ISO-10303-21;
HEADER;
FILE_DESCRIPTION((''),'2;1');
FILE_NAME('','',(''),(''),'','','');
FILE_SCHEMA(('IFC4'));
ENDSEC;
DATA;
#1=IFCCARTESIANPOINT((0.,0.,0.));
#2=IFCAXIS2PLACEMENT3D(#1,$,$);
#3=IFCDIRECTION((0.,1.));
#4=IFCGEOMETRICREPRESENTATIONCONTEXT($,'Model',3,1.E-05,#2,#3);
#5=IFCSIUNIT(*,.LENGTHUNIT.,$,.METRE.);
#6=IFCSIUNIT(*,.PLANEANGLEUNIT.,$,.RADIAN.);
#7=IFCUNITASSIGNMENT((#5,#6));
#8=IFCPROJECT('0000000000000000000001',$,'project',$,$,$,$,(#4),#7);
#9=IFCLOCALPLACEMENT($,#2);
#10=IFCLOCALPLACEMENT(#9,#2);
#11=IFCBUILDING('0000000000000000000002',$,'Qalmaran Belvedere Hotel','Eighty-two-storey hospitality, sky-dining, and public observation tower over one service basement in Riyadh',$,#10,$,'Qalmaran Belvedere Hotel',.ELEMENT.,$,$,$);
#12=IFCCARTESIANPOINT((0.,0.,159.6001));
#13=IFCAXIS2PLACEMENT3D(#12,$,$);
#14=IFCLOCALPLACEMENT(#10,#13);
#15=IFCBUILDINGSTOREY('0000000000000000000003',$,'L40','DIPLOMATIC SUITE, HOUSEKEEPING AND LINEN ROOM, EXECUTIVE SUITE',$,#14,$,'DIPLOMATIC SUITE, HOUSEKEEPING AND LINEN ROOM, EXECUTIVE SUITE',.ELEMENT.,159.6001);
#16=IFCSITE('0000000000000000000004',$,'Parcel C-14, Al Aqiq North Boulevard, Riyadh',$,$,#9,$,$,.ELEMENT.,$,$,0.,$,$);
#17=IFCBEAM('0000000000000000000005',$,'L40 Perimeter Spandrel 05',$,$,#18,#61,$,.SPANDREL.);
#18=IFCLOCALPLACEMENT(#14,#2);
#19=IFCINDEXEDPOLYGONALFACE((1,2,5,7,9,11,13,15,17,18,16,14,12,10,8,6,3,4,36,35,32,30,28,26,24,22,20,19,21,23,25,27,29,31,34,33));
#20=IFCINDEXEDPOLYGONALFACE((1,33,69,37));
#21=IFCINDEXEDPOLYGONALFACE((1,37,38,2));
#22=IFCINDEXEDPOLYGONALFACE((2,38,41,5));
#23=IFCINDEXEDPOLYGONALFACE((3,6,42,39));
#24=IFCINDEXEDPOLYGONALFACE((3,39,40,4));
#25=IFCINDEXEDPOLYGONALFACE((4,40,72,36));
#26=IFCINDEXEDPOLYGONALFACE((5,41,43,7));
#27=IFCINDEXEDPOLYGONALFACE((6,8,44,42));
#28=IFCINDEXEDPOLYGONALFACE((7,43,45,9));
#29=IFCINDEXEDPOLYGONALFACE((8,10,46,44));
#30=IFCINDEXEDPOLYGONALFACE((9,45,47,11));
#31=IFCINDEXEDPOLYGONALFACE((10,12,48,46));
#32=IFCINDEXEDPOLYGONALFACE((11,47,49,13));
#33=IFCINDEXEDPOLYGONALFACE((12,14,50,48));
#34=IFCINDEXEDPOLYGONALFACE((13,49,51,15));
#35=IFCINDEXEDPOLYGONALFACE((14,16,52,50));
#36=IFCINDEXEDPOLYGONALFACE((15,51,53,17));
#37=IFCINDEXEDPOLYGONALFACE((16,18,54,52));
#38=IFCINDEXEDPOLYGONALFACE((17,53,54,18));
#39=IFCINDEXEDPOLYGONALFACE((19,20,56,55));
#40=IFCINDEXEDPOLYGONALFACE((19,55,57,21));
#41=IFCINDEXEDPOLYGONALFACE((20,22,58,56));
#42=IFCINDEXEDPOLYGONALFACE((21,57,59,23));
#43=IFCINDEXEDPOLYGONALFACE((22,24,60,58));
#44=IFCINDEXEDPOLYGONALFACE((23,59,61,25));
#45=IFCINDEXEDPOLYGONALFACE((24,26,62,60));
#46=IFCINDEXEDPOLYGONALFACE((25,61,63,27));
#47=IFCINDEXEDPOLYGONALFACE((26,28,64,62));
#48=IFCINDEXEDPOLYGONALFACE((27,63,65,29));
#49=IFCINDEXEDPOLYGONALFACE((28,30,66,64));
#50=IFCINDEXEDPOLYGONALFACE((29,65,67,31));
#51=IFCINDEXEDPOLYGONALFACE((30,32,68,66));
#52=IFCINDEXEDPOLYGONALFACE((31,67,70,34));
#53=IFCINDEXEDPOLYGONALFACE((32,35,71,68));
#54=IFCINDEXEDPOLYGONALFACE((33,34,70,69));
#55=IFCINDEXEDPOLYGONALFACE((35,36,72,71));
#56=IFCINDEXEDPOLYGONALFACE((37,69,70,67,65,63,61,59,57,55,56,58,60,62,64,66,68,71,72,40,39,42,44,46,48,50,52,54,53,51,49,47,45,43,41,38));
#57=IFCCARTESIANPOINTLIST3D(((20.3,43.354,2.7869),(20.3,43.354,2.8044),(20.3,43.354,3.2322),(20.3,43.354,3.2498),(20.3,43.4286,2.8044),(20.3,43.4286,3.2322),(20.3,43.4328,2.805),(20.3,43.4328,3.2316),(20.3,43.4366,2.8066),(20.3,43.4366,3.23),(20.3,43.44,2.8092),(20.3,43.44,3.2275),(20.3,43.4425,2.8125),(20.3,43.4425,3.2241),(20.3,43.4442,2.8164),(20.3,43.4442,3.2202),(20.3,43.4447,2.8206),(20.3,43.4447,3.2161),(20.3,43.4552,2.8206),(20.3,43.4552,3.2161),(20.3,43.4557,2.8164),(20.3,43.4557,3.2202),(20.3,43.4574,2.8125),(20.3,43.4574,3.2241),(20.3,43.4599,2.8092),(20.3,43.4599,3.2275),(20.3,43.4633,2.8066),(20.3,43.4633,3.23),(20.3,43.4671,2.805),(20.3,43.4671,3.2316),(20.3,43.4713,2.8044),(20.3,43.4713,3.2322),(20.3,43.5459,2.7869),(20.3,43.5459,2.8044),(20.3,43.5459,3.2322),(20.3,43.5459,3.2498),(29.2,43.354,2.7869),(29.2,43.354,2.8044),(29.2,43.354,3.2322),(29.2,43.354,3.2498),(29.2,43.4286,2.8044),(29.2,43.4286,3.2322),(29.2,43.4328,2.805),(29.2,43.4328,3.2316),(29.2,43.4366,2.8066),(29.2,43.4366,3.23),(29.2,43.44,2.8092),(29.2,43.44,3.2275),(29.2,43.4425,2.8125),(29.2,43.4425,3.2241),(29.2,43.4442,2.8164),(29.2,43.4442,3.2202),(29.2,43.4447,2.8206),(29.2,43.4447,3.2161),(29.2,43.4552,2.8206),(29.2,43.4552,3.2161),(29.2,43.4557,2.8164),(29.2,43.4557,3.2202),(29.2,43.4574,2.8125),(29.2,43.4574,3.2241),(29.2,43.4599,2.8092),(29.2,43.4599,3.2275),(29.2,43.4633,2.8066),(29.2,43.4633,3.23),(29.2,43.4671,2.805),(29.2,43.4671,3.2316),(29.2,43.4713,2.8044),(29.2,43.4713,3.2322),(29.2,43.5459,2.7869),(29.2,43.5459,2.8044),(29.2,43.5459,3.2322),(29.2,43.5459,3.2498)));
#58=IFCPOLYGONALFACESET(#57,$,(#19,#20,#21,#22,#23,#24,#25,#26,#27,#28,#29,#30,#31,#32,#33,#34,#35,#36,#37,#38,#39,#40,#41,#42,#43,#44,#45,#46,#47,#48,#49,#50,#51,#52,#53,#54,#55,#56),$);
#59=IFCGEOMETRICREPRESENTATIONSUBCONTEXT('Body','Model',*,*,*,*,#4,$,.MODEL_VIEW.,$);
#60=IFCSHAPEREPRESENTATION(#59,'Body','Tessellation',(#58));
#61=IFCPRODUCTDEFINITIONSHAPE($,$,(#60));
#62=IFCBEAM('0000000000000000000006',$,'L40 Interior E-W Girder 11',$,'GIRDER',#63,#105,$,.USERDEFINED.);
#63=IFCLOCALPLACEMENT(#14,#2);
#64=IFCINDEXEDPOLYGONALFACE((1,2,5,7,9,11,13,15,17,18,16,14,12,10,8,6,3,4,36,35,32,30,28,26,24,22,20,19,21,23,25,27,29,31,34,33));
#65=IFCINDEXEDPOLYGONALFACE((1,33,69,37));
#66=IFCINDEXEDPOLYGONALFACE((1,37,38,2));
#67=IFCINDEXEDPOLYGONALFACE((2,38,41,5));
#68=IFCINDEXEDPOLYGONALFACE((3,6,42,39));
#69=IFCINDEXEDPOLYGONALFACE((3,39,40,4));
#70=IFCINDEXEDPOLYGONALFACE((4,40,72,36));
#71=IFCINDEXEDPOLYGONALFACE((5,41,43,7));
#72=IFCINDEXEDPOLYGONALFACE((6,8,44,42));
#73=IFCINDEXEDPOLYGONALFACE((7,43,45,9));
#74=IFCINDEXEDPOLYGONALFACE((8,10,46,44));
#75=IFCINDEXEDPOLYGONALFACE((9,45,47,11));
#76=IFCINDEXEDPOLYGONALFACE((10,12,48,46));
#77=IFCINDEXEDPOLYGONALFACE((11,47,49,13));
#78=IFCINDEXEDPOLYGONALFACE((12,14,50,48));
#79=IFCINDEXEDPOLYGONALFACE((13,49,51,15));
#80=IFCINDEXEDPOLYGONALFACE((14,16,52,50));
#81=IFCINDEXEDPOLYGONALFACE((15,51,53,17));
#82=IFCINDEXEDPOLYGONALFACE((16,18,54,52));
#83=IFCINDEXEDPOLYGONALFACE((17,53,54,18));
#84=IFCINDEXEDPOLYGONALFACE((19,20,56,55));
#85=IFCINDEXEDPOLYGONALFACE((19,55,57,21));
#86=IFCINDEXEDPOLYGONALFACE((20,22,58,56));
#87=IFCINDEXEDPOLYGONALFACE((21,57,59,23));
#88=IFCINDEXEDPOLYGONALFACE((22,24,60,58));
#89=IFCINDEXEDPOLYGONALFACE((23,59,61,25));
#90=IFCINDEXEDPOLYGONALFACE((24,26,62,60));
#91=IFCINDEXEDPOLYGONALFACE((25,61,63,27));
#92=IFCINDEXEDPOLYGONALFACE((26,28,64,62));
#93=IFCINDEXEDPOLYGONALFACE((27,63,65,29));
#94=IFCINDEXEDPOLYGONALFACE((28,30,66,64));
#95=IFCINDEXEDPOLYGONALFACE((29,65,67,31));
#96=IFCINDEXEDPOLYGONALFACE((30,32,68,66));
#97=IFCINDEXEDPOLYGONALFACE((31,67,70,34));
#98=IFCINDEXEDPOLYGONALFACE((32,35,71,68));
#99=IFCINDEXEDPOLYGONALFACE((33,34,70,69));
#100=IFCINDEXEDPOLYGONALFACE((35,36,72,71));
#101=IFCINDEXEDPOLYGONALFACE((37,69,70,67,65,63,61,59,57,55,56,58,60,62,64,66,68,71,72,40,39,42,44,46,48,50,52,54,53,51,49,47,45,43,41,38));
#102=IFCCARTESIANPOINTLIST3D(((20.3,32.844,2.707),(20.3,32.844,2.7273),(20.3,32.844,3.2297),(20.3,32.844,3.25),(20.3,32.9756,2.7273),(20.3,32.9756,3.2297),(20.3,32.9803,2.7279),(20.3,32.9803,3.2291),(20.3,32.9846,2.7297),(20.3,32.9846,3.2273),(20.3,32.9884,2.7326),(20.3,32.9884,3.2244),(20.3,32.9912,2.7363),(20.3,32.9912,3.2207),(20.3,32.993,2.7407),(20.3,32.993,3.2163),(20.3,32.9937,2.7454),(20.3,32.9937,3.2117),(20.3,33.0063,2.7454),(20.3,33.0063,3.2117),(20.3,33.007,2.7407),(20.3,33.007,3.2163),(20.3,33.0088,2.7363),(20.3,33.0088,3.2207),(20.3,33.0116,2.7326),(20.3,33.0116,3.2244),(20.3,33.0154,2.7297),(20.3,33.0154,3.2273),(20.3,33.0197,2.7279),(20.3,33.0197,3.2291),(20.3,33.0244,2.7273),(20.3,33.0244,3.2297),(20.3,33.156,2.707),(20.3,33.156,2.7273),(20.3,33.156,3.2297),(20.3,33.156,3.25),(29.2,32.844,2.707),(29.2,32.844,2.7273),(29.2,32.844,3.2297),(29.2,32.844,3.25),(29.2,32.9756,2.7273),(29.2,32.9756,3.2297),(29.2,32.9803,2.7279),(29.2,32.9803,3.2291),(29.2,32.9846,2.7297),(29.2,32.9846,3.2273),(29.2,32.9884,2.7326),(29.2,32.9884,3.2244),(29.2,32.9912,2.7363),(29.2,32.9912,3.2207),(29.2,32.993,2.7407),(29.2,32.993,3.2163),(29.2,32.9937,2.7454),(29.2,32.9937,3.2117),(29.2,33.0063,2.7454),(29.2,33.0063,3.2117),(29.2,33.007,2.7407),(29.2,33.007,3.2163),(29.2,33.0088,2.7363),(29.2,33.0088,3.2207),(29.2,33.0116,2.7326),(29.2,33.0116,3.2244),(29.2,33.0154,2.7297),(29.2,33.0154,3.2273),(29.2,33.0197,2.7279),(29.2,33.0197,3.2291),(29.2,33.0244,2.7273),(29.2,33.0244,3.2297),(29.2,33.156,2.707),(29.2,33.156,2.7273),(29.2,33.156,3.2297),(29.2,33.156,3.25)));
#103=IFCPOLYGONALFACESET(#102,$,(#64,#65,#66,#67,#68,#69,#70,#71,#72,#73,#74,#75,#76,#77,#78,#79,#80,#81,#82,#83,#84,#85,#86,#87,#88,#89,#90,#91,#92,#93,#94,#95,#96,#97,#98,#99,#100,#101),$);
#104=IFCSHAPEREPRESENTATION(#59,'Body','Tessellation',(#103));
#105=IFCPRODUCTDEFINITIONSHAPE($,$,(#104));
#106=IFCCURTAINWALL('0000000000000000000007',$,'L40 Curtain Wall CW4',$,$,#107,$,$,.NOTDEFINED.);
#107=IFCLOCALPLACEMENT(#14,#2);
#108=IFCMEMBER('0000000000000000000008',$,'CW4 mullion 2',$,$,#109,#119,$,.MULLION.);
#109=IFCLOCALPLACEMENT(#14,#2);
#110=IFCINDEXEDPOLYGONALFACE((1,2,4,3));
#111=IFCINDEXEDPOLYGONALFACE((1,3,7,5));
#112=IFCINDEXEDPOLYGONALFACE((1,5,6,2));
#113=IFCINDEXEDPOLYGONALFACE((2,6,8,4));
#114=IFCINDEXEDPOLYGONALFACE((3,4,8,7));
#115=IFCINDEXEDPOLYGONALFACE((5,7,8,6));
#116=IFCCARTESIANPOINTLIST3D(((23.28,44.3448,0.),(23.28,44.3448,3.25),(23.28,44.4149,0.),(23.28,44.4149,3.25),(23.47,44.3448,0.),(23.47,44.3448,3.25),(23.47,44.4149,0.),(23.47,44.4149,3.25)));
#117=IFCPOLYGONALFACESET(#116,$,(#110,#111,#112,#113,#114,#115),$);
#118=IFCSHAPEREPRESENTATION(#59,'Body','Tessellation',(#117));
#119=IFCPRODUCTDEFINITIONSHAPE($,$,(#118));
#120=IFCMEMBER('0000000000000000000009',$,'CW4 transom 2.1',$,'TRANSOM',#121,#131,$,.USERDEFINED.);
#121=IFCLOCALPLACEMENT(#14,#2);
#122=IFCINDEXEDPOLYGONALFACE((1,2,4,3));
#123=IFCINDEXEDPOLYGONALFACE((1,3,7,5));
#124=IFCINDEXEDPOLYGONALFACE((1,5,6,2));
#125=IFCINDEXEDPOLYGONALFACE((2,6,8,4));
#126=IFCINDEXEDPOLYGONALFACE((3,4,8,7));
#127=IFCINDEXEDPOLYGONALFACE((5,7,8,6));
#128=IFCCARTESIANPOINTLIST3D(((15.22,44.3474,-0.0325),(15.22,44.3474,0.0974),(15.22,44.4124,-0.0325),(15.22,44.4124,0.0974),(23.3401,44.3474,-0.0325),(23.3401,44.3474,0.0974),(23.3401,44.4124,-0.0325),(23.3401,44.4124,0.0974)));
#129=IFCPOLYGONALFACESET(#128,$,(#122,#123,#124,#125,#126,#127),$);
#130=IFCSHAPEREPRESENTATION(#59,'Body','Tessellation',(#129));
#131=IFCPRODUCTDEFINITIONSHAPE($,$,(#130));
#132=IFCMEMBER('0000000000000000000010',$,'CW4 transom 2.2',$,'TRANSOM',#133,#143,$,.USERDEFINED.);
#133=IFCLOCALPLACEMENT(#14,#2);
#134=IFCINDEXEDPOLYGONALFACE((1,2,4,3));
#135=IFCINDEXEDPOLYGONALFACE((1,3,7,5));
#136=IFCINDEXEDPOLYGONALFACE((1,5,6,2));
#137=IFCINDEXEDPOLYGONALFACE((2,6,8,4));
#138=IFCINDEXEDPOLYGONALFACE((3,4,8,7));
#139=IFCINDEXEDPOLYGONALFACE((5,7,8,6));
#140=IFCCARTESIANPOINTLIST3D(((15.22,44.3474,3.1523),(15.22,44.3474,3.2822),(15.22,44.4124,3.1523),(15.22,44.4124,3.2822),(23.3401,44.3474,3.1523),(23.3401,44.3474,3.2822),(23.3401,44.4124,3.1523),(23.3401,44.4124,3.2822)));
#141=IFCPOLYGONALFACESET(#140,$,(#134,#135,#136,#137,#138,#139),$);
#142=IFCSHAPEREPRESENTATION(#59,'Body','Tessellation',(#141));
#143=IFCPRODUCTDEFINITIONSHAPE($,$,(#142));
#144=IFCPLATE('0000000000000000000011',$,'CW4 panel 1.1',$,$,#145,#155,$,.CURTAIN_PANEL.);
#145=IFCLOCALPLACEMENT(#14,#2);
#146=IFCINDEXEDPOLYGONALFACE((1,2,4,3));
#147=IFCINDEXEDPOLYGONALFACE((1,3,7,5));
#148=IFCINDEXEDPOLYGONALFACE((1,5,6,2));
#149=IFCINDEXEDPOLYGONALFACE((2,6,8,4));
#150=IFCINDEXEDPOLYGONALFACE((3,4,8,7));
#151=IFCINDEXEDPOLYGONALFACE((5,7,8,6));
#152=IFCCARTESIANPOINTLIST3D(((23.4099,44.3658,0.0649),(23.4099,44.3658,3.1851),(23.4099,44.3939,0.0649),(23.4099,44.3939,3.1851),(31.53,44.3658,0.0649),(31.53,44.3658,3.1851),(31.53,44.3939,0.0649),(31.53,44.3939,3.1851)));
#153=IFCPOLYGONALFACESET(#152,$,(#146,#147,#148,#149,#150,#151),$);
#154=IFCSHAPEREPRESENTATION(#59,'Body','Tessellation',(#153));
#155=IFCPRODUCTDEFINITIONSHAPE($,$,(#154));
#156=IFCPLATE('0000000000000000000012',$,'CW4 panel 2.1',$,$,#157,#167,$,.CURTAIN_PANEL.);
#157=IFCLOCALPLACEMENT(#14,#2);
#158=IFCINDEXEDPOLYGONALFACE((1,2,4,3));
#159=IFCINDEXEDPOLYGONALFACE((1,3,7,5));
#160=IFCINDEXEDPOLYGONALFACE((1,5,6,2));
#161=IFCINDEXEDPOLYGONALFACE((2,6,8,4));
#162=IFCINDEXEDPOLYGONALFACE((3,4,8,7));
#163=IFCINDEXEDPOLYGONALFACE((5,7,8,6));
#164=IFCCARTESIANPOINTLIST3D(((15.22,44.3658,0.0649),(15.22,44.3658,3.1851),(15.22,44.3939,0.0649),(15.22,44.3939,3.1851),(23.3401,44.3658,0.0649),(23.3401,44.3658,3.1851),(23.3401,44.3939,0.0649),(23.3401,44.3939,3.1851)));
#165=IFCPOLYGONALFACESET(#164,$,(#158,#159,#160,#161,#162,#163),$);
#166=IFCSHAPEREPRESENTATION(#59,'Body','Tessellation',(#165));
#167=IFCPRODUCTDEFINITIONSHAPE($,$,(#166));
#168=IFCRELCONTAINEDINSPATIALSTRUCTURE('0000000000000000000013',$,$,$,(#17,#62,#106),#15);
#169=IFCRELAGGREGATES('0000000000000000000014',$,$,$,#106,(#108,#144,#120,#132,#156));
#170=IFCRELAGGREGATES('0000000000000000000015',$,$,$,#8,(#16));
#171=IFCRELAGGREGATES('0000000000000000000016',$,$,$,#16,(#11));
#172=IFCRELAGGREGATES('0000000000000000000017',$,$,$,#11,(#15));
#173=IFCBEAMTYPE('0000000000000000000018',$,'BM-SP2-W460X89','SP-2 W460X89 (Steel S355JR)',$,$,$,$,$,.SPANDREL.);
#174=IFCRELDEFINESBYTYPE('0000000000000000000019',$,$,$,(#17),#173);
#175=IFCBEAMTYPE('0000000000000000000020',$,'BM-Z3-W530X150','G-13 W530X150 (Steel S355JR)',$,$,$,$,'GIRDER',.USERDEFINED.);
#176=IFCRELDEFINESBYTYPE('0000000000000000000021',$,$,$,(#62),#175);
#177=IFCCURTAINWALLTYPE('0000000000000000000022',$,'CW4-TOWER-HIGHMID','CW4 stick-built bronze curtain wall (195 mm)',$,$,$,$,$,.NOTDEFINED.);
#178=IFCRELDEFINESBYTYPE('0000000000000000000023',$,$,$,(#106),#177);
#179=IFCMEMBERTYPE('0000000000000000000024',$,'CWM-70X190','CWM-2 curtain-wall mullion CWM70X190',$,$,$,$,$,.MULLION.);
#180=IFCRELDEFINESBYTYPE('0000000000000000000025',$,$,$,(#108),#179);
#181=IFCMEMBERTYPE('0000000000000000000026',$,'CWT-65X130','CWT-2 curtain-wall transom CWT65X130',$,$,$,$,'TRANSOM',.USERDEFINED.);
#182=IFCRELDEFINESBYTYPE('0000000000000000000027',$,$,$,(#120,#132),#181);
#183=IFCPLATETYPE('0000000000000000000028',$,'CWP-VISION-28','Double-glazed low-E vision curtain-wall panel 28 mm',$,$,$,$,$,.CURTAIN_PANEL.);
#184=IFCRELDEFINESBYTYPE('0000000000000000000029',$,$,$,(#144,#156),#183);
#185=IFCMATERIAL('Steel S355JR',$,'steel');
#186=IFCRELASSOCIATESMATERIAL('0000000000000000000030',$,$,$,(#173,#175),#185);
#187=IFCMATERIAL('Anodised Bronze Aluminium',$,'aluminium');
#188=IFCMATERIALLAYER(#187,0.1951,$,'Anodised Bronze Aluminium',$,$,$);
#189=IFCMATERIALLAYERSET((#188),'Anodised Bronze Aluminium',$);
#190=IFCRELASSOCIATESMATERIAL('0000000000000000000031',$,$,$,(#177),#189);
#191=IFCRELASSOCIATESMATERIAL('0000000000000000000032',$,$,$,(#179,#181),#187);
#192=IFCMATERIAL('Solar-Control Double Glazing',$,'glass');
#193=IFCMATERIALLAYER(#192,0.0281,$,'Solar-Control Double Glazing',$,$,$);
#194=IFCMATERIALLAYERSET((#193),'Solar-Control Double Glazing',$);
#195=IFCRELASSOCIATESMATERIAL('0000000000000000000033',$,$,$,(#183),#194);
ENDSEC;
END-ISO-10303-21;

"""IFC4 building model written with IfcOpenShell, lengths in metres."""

from ifc_helpers import new_model, si_unit, direction, frame, origin, origin_2d, place, context, subcontext, project, spatial, rectangle, i_section, extrude, material, layer, layer_set, material_profile, profile_set, type_object, element, aggregate, save


model = new_model("IFC4")

# Units and contexts
model_context = context("Model", 3, precision=1e-05, world=origin(), true_north=direction((0.0, 1.0)))
body_context = subcontext(model_context, "Body", "Model", "MODEL_VIEW")
ifc_project = project(units=[si_unit("LENGTHUNIT", "METRE"), si_unit("PLANEANGLEUNIT", "RADIAN")], contexts=[model_context])

# Site, building, storey
site_placement = place(None, origin())
site = spatial("IfcSite", under=ifc_project, at=site_placement, Name="Parcel C-14, Al Aqiq North Boulevard, Riyadh", CompositionType="ELEMENT", RefElevation=0.0)
building_placement = place(site_placement, origin())
building = spatial("IfcBuilding", under=site, at=building_placement, Name="Qalmaran Belvedere Hotel", Description="Eighty-two-storey hospitality, sky-dining, and public observation tower over one service basement in Riyadh", LongName="Qalmaran Belvedere Hotel", CompositionType="ELEMENT")
storey_placement = place(building_placement, frame((0.0, 0.0, 159.6001)))
storey = spatial("IfcBuildingStorey", under=building, at=storey_placement, Name="L40", Description="DIPLOMATIC SUITE, HOUSEKEEPING AND LINEN ROOM, EXECUTIVE SUITE", LongName="DIPLOMATIC SUITE, HOUSEKEEPING AND LINEN ROOM, EXECUTIVE SUITE", CompositionType="ELEMENT", Elevation=159.6001)

# Beams
ifc_material_1 = material(Name="Steel S355JR", Category="steel")
ifc_material_profile_1 = material_profile(ifc_material_1, i_section(OverallWidth=0.1919, OverallDepth=0.4629, WebThickness=0.0105, FlangeThickness=0.0176, FilletRadius=0.0161, at=origin_2d()), Name="W460X89")
ifc_profile_set_1 = profile_set([ifc_material_profile_1], Name="Steel S355JR")
beam_type_1 = type_object("IfcBeamType", Name="BM-SP2-W460X89", Description="SP-2 W460X89 (Steel S355JR)", PredefinedType="SPANDREL", material=ifc_profile_set_1)
beam_1_placement = place(storey_placement, frame((20.3, 43.45, 3.0183), z_axis=(1.0, 0.0, 0.0), x_axis=(0.0, 1.0, 0.0)))
element("IfcBeam", 1, at=beam_1_placement, inside=storey, type_object=beam_type_1, Name="L40 Perimeter Spandrel 05", PredefinedType="SPANDREL", context=body_context, shape_type="SweptSolid", body=[
    extrude(i_section(OverallWidth=0.1919, OverallDepth=0.4629, WebThickness=0.0105, FlangeThickness=0.0176, FilletRadius=0.0161, at=origin_2d()), origin(), (0.0, 0.0, 1.0), 8.8999),
])
ifc_material_profile_2 = material_profile(ifc_material_1, i_section(OverallWidth=0.312, OverallDepth=0.543, WebThickness=0.0127, FlangeThickness=0.0203, FilletRadius=0.0181, at=origin_2d()), Name="W530X150")
ifc_profile_set_2 = profile_set([ifc_material_profile_2], Name="Steel S355JR")
beam_type_2 = type_object("IfcBeamType", Name="BM-Z3-W530X150", Description="G-13 W530X150 (Steel S355JR)", ElementType="GIRDER", PredefinedType="USERDEFINED", material=ifc_profile_set_2)
beam_2_placement = place(storey_placement, frame((20.3, 33.0, 2.9785), z_axis=(1.0, 0.0, 0.0), x_axis=(0.0, 1.0, 0.0)))
element("IfcBeam", 2, at=beam_2_placement, inside=storey, type_object=beam_type_2, Name="L40 Interior E-W Girder 11", ObjectType="GIRDER", PredefinedType="USERDEFINED", context=body_context, shape_type="SweptSolid", body=[
    extrude(i_section(OverallWidth=0.312, OverallDepth=0.543, WebThickness=0.0127, FlangeThickness=0.0203, FilletRadius=0.0181, at=origin_2d()), origin(), (0.0, 0.0, 1.0), 8.8999),
])

# Curtain wall, members, plates
ifc_material_2 = material(Name="Anodised Bronze Aluminium", Category="aluminium")
ifc_layer_1 = layer(ifc_material_2, 0.1951, Name="Anodised Bronze Aluminium")
ifc_layer_set_1 = layer_set([ifc_layer_1], Name="Anodised Bronze Aluminium")
curtain_wall_type = type_object("IfcCurtainWallType", Name="CW4-TOWER-HIGHMID", Description="CW4 stick-built bronze curtain wall (195 mm)", PredefinedType="NOTDEFINED", material=ifc_layer_set_1)
curtain_wall_placement = place(storey_placement, origin())
curtain_wall = element("IfcCurtainWall", 3, at=curtain_wall_placement, inside=storey, type_object=curtain_wall_type, Name="L40 Curtain Wall CW4", PredefinedType="NOTDEFINED")
ifc_material_profile_3 = material_profile(ifc_material_2, rectangle(XDim=0.0701, YDim=0.1899, at=origin_2d()), Name="CWM70X190")
ifc_profile_set_3 = profile_set([ifc_material_profile_3], Name="Anodised Bronze Aluminium")
member_type_1 = type_object("IfcMemberType", Name="CWM-70X190", Description="CWM-2 curtain-wall mullion CWM70X190", PredefinedType="MULLION", material=ifc_profile_set_3)
member_1_placement = place(storey_placement, frame((23.375, 44.3799, 0.0), z_axis=(0.0, 0.0, 1.0), x_axis=(0.0, -1.0, 0.0)))
member_1 = element("IfcMember", 4, at=member_1_placement, type_object=member_type_1, Name="CW4 mullion 2", PredefinedType="MULLION", context=body_context, shape_type="SweptSolid", body=[
    extrude(rectangle(XDim=0.0701, YDim=0.1899, at=origin_2d()), origin(), (0.0, 0.0, 1.0), 3.25),
])
ifc_material_profile_4 = material_profile(ifc_material_2, rectangle(XDim=0.0649, YDim=0.1299, at=origin_2d()), Name="CWT65X130")
ifc_profile_set_4 = profile_set([ifc_material_profile_4], Name="Anodised Bronze Aluminium")
member_type_2 = type_object("IfcMemberType", Name="CWT-65X130", Description="CWT-2 curtain-wall transom CWT65X130", ElementType="TRANSOM", PredefinedType="USERDEFINED", material=ifc_profile_set_4)
member_2_placement = place(storey_placement, frame((23.3401, 44.3799, 0.0325), z_axis=(-1.0, 0.0, 0.0), x_axis=(0.0, -1.0, 0.0)))
member_2 = element("IfcMember", 5, at=member_2_placement, type_object=member_type_2, Name="CW4 transom 2.1", ObjectType="TRANSOM", PredefinedType="USERDEFINED", context=body_context, shape_type="SweptSolid", body=[
    extrude(rectangle(XDim=0.0649, YDim=0.1299, at=origin_2d()), origin(), (0.0, 0.0, 1.0), 8.1201),
])
member_3_placement = place(storey_placement, frame((23.3401, 44.3799, 3.2173), z_axis=(-1.0, 0.0, 0.0), x_axis=(0.0, -1.0, 0.0)))
member_3 = element("IfcMember", 6, at=member_3_placement, type_object=member_type_2, Name="CW4 transom 2.2", ObjectType="TRANSOM", PredefinedType="USERDEFINED", context=body_context, shape_type="SweptSolid", body=[
    extrude(rectangle(XDim=0.0649, YDim=0.1299, at=origin_2d()), origin(), (0.0, 0.0, 1.0), 8.1201),
])
ifc_material_3 = material(Name="Solar-Control Double Glazing", Category="glass")
ifc_layer_2 = layer(ifc_material_3, 0.0281, Name="Solar-Control Double Glazing")
ifc_layer_set_2 = layer_set([ifc_layer_2], Name="Solar-Control Double Glazing")
plate_type = type_object("IfcPlateType", Name="CWP-VISION-28", Description="Double-glazed low-E vision curtain-wall panel 28 mm", PredefinedType="CURTAIN_PANEL", material=ifc_layer_set_2)
plate_1_placement = place(storey_placement, frame((27.47, 44.3799, 0.0649), z_axis=(0.0, 0.0, 1.0), x_axis=(-1.0, 0.0, 0.0)))
plate_1 = element("IfcPlate", 7, at=plate_1_placement, type_object=plate_type, Name="CW4 panel 1.1", PredefinedType="CURTAIN_PANEL", context=body_context, shape_type="SweptSolid", body=[
    extrude(rectangle(XDim=8.1201, YDim=0.0281, at=origin_2d()), origin(), (0.0, 0.0, 1.0), 3.1201),
])
plate_2_placement = place(storey_placement, frame((19.28, 44.3799, 0.0649), z_axis=(0.0, 0.0, 1.0), x_axis=(-1.0, 0.0, 0.0)))
plate_2 = element("IfcPlate", 8, at=plate_2_placement, type_object=plate_type, Name="CW4 panel 2.1", PredefinedType="CURTAIN_PANEL", context=body_context, shape_type="SweptSolid", body=[
    extrude(rectangle(XDim=8.1201, YDim=0.0281, at=origin_2d()), origin(), (0.0, 0.0, 1.0), 3.1201),
])
aggregate(curtain_wall, [member_1, plate_1, member_2, member_3, plate_2])

save(model, "model.ifc")
